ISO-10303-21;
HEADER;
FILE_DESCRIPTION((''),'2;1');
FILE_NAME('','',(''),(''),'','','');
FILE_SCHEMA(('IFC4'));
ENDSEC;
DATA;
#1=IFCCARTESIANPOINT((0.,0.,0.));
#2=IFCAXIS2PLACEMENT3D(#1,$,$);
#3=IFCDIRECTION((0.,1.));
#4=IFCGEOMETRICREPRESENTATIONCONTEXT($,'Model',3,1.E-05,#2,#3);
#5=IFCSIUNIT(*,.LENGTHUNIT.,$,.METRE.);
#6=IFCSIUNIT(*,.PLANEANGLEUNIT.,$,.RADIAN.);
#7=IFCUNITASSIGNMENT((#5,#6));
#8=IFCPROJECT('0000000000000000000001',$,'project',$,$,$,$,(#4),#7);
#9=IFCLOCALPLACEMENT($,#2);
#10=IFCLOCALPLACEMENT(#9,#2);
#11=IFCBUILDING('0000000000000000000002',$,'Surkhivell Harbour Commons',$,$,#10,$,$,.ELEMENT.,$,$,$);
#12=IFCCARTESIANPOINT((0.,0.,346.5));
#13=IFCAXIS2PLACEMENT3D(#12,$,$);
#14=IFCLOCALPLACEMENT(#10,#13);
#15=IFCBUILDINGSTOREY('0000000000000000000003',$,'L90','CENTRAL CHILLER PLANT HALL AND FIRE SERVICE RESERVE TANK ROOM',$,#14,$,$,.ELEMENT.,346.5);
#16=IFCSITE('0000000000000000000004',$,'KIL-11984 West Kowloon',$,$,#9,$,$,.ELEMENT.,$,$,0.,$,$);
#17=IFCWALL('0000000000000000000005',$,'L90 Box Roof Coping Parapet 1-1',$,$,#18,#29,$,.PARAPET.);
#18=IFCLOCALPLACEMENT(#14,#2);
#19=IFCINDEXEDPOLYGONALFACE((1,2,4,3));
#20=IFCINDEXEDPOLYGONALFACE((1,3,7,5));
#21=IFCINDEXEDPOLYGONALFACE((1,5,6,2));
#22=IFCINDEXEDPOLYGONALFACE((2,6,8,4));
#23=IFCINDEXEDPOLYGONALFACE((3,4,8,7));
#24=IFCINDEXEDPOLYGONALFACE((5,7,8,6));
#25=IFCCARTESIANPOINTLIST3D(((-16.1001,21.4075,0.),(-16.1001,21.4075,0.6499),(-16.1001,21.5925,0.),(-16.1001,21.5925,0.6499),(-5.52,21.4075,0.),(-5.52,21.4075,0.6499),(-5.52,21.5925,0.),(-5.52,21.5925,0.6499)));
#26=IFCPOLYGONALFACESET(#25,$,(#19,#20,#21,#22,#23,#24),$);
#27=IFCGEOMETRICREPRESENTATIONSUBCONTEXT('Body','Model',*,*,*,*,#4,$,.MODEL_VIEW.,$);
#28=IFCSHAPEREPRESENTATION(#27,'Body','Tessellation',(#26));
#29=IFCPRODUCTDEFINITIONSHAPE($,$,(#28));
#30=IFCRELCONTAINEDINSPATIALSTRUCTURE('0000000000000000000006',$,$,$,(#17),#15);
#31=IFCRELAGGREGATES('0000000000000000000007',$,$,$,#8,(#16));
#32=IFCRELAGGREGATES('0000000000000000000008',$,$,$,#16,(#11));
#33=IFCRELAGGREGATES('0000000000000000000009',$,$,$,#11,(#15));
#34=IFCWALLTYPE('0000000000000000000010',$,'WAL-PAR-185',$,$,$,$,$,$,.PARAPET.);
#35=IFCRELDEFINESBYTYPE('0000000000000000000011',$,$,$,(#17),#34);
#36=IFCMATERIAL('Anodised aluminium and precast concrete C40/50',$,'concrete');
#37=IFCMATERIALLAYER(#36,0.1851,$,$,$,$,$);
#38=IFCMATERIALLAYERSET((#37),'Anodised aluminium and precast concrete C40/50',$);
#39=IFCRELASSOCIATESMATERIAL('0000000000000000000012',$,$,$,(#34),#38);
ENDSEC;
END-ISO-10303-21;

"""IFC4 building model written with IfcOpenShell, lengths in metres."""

from ifc_helpers import new_model, si_unit, direction, frame, frame_2d, origin, place, context, subcontext, project, spatial, rectangle, extrude, material, layer, layer_set, type_object, element, save


model = new_model("IFC4")

# Units and contexts
model_context = context("Model", 3, precision=1e-05, world=origin(), true_north=direction((0.0, 1.0)))
body_context = subcontext(model_context, "Body", "Model", "MODEL_VIEW")
ifc_project = project(units=[si_unit("LENGTHUNIT", "METRE"), si_unit("PLANEANGLEUNIT", "RADIAN")], contexts=[model_context])

# Site, building, storey
site_placement = place(None, origin())
site = spatial("IfcSite", under=ifc_project, at=site_placement, Name="KIL-11984 West Kowloon", CompositionType="ELEMENT", RefElevation=0.0)
building_placement = place(site_placement, origin())
building = spatial("IfcBuilding", under=site, at=building_placement, Name="Surkhivell Harbour Commons", CompositionType="ELEMENT")
storey_placement = place(building_placement, frame((0.0, 0.0, 346.5)))
storey = spatial("IfcBuildingStorey", under=building, at=storey_placement, Name="L90", Description="CENTRAL CHILLER PLANT HALL AND FIRE SERVICE RESERVE TANK ROOM", CompositionType="ELEMENT", Elevation=346.5)

# Wall
ifc_material_1 = material(Name="Anodised aluminium and precast concrete C40/50", Category="concrete")
ifc_layer_1 = layer(ifc_material_1, 0.1851)
ifc_layer_set_1 = layer_set([ifc_layer_1], Name="Anodised aluminium and precast concrete C40/50")
wall_type_1 = type_object("IfcWallType", Name="WAL-PAR-185", PredefinedType="PARAPET", material=ifc_layer_set_1)
wall_1_placement = place(storey_placement, frame((-5.52, 21.5, 0.0), z_axis=(0.0, 0.0, 1.0), x_axis=(-1.0, 0.0, 0.0)))
element("IfcWall", 1, at=wall_1_placement, inside=storey, type_object=wall_type_1, Name="L90 Box Roof Coping Parapet 1-1", PredefinedType="PARAPET", context=body_context, shape_type="SweptSolid", body=[
    extrude(rectangle(XDim=10.5801, YDim=0.1851, at=frame_2d((5.29, 0.0))), origin(), (0.0, 0.0, 1.0), 0.6499),
])

save(model, "model.ifc")
